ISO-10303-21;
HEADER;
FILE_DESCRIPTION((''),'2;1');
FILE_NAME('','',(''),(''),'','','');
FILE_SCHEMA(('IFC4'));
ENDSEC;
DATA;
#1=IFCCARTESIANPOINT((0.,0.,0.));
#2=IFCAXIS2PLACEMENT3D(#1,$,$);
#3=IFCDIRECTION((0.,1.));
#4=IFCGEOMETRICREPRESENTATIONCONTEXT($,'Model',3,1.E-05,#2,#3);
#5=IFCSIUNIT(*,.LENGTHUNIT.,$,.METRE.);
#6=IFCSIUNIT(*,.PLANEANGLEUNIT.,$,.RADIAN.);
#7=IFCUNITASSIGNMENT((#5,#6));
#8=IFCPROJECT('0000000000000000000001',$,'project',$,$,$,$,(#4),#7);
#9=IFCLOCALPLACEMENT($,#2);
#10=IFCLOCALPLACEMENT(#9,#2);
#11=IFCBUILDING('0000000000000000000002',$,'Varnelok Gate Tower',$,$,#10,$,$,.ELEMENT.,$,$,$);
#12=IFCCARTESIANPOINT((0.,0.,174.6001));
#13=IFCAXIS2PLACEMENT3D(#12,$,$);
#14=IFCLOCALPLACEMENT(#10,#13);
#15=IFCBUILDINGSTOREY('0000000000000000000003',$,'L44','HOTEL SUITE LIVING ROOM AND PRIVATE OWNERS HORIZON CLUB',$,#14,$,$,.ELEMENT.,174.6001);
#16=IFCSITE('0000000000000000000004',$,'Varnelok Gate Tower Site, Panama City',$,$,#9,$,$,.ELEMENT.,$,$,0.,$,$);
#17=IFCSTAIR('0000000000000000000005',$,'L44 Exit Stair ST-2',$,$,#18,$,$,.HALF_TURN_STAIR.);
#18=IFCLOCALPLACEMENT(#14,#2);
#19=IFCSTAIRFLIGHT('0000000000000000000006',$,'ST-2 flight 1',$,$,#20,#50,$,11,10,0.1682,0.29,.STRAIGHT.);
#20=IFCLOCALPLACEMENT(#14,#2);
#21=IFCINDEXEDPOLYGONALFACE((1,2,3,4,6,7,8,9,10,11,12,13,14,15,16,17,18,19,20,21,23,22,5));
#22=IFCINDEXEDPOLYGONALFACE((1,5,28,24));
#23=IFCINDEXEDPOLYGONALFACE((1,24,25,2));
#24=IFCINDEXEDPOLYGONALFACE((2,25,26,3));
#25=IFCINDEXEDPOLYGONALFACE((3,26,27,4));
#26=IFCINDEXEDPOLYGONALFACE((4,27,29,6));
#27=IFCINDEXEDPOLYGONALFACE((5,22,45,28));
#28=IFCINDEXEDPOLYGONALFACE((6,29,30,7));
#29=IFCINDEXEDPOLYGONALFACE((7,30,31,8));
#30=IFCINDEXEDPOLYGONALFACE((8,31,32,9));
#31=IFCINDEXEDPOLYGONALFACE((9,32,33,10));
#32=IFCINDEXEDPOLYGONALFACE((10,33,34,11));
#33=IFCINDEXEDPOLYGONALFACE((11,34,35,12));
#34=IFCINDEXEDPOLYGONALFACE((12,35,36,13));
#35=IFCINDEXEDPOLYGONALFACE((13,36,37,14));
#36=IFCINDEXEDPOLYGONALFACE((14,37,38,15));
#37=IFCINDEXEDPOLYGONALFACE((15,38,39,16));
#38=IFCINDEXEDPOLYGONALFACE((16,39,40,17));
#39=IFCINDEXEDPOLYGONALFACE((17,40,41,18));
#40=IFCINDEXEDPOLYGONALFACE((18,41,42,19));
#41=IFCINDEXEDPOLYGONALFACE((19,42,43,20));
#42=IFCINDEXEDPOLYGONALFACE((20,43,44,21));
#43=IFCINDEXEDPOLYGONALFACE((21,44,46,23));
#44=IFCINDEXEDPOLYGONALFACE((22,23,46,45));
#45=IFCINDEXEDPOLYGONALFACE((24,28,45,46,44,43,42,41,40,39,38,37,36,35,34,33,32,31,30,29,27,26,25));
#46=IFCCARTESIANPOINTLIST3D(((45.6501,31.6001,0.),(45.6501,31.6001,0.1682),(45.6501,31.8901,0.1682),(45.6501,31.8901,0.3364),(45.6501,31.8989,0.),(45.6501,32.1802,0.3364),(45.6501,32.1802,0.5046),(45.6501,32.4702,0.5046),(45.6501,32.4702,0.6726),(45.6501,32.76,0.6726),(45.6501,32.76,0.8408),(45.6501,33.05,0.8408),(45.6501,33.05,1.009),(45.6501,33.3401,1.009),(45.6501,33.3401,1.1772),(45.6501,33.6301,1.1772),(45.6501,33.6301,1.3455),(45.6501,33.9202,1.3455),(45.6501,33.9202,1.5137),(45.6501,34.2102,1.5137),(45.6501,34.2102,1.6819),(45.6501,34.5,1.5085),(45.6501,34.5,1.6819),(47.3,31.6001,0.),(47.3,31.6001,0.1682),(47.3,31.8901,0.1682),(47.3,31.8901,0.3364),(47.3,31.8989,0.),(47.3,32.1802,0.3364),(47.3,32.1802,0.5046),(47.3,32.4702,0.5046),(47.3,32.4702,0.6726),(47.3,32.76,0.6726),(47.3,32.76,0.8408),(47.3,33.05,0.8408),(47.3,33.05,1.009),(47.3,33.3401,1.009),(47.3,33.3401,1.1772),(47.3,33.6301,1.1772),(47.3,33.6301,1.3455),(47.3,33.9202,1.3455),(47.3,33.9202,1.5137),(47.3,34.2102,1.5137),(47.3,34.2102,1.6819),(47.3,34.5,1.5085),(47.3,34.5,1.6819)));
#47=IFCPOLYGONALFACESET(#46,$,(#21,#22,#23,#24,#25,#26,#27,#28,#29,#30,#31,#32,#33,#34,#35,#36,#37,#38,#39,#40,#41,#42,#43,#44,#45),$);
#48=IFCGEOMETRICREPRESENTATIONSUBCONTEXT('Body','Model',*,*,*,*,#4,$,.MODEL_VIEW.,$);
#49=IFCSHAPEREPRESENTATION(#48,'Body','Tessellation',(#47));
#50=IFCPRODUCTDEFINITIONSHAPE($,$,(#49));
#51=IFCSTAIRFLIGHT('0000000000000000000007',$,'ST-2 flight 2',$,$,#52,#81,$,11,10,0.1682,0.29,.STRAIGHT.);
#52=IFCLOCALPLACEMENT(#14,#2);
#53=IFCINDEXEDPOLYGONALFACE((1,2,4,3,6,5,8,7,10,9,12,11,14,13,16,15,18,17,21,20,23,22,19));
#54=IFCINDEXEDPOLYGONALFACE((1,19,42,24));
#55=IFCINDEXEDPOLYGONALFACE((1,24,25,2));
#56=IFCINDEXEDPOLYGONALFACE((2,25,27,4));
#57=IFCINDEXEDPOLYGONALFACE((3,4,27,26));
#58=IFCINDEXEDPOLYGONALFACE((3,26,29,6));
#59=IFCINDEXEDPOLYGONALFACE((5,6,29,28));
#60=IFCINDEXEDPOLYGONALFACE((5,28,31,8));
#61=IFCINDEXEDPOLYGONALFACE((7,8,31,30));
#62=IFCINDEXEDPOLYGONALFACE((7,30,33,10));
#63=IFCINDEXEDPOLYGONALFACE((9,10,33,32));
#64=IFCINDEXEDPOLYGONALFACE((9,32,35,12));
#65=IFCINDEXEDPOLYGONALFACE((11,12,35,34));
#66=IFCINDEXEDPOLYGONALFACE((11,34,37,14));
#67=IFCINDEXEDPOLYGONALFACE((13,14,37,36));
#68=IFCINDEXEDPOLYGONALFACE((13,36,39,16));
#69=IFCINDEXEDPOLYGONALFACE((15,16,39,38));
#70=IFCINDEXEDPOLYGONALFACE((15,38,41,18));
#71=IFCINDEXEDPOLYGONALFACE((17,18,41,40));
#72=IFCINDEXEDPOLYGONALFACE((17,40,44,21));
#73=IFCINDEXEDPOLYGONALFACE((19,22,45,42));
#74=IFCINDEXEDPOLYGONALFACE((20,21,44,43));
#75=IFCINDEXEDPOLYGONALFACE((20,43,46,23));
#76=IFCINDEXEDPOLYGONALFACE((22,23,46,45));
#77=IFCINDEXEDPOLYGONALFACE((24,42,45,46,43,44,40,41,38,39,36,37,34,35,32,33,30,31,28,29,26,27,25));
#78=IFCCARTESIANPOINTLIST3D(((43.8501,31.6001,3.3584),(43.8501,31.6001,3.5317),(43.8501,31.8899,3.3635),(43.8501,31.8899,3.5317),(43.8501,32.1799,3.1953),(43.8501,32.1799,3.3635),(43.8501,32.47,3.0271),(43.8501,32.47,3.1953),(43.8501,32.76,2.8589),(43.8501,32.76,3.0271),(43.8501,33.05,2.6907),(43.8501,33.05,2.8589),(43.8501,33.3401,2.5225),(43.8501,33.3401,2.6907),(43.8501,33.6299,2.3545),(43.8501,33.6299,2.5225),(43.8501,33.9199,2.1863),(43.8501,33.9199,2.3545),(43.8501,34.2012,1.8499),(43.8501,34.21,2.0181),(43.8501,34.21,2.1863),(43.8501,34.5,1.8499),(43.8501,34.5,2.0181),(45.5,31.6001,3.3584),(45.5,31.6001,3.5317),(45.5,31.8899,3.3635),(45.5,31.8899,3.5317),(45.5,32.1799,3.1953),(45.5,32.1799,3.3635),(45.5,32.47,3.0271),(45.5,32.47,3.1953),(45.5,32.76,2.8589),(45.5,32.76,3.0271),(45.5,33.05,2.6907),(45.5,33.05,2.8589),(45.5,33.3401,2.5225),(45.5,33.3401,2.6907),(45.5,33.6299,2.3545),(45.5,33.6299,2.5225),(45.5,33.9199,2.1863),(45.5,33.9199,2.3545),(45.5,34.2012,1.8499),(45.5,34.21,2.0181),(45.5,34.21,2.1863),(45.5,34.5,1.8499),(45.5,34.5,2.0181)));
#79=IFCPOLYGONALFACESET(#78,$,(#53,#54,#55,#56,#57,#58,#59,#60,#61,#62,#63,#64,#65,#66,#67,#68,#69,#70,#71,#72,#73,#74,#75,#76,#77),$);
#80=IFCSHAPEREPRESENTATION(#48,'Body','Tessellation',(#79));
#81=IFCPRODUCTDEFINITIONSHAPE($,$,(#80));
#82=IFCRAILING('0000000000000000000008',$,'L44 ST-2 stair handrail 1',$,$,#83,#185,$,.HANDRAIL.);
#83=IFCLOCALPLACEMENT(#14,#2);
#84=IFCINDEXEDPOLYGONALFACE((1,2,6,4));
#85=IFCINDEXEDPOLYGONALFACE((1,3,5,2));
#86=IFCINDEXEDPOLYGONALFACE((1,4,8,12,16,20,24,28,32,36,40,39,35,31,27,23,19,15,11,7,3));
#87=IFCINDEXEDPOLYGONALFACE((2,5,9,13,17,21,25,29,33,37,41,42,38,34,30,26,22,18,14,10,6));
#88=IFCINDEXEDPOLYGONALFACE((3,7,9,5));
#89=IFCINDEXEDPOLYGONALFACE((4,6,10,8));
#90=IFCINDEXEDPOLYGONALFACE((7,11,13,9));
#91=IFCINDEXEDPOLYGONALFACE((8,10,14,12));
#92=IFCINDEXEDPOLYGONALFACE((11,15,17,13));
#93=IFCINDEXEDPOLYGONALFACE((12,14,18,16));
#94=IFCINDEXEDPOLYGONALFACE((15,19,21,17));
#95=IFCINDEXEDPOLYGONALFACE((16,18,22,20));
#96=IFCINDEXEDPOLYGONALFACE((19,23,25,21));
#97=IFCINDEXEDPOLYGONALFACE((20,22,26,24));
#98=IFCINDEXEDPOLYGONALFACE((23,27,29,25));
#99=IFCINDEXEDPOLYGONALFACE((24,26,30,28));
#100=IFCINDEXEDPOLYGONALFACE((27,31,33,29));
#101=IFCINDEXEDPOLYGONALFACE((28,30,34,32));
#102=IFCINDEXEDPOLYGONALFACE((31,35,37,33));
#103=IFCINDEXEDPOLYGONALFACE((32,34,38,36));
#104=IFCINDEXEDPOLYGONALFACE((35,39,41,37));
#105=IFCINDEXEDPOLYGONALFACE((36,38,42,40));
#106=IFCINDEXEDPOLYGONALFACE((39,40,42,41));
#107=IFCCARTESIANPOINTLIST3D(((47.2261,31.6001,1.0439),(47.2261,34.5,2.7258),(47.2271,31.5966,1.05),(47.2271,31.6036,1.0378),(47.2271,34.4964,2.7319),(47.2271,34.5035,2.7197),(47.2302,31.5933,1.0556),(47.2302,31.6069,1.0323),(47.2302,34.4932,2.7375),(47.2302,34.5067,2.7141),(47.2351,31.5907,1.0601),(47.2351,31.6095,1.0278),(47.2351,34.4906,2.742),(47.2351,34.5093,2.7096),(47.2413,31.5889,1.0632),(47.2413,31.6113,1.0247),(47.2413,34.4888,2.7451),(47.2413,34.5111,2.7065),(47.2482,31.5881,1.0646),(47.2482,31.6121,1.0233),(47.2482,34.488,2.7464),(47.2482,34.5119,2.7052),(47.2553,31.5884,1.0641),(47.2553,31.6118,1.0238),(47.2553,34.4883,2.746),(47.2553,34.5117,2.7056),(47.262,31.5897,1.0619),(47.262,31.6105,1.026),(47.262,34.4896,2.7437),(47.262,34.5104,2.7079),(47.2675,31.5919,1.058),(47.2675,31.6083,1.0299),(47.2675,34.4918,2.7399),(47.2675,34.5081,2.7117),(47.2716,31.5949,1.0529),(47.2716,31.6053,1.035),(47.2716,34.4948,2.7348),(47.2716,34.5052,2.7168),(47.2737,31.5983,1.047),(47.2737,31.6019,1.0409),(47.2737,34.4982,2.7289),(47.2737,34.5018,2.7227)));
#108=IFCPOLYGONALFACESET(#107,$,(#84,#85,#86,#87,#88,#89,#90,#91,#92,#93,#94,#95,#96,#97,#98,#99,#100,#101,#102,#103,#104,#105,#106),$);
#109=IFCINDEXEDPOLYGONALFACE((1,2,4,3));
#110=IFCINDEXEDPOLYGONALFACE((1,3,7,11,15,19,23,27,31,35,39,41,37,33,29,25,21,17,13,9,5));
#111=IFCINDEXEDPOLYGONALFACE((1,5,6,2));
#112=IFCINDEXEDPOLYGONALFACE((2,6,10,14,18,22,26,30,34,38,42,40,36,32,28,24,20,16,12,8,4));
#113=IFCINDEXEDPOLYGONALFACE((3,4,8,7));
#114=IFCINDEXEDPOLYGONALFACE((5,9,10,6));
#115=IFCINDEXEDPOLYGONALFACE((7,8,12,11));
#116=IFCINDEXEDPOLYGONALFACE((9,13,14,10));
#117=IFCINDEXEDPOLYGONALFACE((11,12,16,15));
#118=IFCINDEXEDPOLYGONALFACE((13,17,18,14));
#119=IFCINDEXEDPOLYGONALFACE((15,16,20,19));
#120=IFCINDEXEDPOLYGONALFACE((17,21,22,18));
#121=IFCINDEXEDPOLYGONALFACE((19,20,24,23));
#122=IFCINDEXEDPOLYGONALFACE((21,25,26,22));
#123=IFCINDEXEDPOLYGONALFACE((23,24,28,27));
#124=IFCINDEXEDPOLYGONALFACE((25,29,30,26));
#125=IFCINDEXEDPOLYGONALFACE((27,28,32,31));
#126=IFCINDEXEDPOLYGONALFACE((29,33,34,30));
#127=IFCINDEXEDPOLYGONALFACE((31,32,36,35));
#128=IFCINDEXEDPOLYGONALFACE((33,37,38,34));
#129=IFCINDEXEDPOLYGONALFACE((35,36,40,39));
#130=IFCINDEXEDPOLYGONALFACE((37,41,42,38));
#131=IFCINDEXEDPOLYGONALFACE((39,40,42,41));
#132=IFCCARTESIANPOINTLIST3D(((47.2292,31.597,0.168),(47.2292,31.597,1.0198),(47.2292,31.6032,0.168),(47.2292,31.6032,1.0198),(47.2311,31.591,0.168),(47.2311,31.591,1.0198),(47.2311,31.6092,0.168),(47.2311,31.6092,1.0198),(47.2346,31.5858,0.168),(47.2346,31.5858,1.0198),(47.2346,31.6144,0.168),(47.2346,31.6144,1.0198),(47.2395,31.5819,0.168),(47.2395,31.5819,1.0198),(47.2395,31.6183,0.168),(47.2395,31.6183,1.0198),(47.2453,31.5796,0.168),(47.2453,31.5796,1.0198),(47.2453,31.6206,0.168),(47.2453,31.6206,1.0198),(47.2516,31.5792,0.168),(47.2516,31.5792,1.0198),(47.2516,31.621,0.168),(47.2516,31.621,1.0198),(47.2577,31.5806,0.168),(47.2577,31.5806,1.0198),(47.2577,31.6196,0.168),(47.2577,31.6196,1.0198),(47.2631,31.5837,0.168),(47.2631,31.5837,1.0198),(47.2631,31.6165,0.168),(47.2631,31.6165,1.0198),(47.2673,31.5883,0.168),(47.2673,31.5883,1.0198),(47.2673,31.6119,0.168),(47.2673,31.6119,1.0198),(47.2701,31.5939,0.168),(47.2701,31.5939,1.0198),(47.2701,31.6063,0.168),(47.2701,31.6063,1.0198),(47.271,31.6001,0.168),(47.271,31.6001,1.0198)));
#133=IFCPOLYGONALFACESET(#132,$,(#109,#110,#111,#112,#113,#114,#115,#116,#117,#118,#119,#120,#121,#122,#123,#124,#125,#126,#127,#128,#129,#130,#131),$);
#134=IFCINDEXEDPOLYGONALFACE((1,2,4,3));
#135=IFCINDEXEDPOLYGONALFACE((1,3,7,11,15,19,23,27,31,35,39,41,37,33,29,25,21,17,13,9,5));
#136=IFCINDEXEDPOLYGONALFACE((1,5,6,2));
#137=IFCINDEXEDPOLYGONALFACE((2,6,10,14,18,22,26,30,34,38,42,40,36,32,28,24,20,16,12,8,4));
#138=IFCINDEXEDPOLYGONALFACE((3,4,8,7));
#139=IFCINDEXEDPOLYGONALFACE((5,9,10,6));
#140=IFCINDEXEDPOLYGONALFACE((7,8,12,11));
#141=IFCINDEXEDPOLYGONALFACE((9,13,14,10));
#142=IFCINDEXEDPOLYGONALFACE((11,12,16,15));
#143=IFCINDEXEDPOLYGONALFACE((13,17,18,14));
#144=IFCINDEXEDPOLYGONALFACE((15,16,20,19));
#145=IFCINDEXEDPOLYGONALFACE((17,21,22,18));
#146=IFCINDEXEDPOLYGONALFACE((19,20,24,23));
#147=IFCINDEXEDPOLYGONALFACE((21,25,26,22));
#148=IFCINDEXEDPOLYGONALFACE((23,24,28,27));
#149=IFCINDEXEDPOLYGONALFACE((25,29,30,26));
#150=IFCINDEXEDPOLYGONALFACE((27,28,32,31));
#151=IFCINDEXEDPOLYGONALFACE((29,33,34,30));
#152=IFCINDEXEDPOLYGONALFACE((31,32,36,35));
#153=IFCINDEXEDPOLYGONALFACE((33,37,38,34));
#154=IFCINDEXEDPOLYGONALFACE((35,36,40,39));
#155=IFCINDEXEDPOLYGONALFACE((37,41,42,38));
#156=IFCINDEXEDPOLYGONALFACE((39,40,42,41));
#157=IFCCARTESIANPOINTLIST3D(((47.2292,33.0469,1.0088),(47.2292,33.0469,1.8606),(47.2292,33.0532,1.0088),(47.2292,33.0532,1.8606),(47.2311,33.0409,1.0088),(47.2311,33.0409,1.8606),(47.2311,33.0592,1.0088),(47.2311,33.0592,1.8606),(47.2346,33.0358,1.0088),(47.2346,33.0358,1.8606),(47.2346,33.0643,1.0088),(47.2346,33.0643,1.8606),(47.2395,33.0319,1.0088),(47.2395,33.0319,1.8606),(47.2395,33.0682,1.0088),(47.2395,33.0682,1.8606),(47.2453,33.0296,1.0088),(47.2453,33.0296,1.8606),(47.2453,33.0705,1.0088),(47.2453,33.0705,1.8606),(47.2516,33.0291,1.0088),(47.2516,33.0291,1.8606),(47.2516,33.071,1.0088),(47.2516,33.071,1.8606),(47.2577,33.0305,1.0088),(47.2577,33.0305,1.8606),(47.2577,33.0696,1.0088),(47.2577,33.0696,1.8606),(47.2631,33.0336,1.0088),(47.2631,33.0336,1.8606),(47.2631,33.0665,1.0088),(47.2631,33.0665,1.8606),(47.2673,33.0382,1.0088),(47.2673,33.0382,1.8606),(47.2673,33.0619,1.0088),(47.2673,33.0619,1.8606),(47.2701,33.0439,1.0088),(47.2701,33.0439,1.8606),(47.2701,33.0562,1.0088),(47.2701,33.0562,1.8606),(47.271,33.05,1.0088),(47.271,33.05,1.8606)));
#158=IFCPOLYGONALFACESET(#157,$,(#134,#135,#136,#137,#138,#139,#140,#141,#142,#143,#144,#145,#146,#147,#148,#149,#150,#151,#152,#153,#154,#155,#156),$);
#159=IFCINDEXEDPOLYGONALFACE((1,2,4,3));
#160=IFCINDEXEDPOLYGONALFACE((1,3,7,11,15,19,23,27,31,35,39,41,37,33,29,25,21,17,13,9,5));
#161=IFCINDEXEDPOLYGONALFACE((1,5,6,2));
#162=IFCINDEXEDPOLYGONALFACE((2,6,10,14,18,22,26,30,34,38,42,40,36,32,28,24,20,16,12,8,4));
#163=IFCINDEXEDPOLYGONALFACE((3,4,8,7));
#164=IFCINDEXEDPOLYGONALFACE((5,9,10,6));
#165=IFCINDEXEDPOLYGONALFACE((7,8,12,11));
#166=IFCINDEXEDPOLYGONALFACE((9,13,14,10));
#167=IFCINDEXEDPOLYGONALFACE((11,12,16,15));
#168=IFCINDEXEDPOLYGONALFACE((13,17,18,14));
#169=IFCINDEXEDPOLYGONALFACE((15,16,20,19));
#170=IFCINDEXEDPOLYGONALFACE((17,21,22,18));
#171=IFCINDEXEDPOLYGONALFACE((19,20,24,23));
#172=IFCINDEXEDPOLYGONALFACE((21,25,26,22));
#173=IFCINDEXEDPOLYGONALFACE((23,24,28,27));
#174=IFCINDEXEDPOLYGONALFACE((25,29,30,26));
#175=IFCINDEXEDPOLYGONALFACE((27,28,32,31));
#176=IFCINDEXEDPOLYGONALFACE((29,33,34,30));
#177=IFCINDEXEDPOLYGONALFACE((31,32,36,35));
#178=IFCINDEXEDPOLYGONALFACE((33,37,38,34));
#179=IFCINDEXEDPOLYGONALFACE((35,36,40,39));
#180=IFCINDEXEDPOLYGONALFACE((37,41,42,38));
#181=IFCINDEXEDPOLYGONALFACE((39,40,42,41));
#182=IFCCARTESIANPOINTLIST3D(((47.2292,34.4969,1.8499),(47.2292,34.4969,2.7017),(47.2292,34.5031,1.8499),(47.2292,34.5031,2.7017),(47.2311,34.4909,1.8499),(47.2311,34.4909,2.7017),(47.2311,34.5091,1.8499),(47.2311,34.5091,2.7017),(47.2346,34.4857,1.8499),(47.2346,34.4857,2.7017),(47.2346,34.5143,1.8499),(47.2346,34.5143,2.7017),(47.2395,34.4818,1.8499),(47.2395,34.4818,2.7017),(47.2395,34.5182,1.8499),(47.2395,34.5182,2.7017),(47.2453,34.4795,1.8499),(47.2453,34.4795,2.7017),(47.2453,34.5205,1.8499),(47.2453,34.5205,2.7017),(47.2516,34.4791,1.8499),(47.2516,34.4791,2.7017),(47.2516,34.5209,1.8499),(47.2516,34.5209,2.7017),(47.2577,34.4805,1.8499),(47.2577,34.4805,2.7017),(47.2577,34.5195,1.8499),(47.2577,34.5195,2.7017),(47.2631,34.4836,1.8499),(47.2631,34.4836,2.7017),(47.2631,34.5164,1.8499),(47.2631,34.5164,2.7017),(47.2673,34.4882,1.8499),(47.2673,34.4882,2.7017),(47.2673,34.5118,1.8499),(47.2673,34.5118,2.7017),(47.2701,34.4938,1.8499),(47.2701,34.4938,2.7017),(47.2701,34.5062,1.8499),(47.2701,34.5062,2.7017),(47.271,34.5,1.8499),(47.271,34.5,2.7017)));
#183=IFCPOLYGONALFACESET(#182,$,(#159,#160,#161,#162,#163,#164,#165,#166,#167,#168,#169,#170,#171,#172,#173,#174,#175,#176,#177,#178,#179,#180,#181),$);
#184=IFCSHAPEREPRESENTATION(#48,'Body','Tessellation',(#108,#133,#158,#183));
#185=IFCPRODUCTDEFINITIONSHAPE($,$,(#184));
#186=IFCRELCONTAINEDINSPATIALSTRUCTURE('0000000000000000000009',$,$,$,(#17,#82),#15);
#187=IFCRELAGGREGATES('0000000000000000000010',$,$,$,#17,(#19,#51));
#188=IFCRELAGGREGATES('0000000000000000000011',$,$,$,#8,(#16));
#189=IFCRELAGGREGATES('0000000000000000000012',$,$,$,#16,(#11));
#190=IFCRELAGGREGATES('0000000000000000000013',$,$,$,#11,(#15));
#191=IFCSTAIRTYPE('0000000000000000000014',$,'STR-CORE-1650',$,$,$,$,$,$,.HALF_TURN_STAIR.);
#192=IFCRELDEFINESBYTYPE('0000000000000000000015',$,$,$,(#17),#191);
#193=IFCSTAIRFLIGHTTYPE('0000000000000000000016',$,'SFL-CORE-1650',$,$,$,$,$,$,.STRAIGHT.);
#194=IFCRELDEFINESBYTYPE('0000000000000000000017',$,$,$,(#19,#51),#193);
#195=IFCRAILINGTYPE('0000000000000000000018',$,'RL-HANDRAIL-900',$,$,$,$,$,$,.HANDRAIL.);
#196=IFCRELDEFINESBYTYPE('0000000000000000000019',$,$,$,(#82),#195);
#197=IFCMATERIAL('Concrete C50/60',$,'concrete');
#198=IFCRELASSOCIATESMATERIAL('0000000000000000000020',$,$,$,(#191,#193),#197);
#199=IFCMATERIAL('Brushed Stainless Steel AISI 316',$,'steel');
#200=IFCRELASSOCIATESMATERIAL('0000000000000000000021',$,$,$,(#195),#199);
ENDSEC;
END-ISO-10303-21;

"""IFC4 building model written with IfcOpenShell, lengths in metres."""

from ifc_helpers import new_model, si_unit, direction, frame, origin, origin_2d, place, context, subcontext, project, spatial, polyline, circle, outline, extrude, material, type_object, element, aggregate, save


model = new_model("IFC4")

# Units and contexts
model_context = context("Model", 3, precision=1e-05, world=origin(), true_north=direction((0.0, 1.0)))
body_context = subcontext(model_context, "Body", "Model", "MODEL_VIEW")
ifc_project = project(units=[si_unit("LENGTHUNIT", "METRE"), si_unit("PLANEANGLEUNIT", "RADIAN")], contexts=[model_context])

# Site, building, storey
site_placement = place(None, origin())
site = spatial("IfcSite", under=ifc_project, at=site_placement, Name="Varnelok Gate Tower Site, Panama City", CompositionType="ELEMENT", RefElevation=0.0)
building_placement = place(site_placement, origin())
building = spatial("IfcBuilding", under=site, at=building_placement, Name="Varnelok Gate Tower", CompositionType="ELEMENT")
storey_placement = place(building_placement, frame((0.0, 0.0, 174.6001)))
storey = spatial("IfcBuildingStorey", under=building, at=storey_placement, Name="L44", Description="HOTEL SUITE LIVING ROOM AND PRIVATE OWNERS HORIZON CLUB", CompositionType="ELEMENT", Elevation=174.6001)

# Stair, stair flights
ifc_material_1 = material(Name="Concrete C50/60", Category="concrete")
stair_type = type_object("IfcStairType", Name="STR-CORE-1650", PredefinedType="HALF_TURN_STAIR", material=ifc_material_1)
stair_placement = place(storey_placement, origin())
stair = element("IfcStair", 1, at=stair_placement, inside=storey, type_object=stair_type, Name="L44 Exit Stair ST-2", PredefinedType="HALF_TURN_STAIR")
stair_flight_type = type_object("IfcStairFlightType", Name="SFL-CORE-1650", PredefinedType="STRAIGHT", material=ifc_material_1)
stair_flight_1_placement = place(storey_placement, frame((46.4751, 31.6001, 0.0), z_axis=(0.0, 0.0, 1.0), x_axis=(0.0, 1.0, 0.0)))
stair_flight_1 = element("IfcStairFlight", 2, at=stair_flight_1_placement, type_object=stair_flight_type, Name="ST-2 flight 1", NumberOfRisers=11, NumberOfTreads=10, PredefinedType="STRAIGHT", RiserHeight=0.1682, TreadLength=0.29, context=body_context, shape_type="SweptSolid", body=[
    extrude(outline(polyline([(0.0, 0.0), (0.0, 0.1682), (0.29, 0.1682), (0.29, 0.3364), (0.5801, 0.3364), (0.5801, 0.5046), (0.8701, 0.5046), (0.8701, 0.6726), (1.1599, 0.6726), (1.1599, 0.8408), (1.45, 0.8408), (1.45, 1.009), (1.74, 1.009), (1.74, 1.1772), (2.03, 1.1772), (2.03, 1.3455), (2.3201, 1.3455), (2.3201, 1.5137), (2.6101, 1.5137), (2.6101, 1.6819), (2.8999, 1.6819), (2.8999, 1.8501), (2.8999, 1.5085), (0.2988, 0.0), (0.0, 0.0)])), frame((0.0, 0.825, 0.0), z_axis=(0.0, -1.0, 0.0), x_axis=(1.0, 0.0, 0.0)), (0.0, 0.0, 1.0), 1.6499),
])
stair_flight_2_placement = place(storey_placement, frame((44.675, 34.5, 1.8499), z_axis=(0.0, 0.0, 1.0), x_axis=(0.0, -1.0, 0.0)))
stair_flight_2 = element("IfcStairFlight", 3, at=stair_flight_2_placement, type_object=stair_flight_type, Name="ST-2 flight 2", NumberOfRisers=11, NumberOfTreads=10, PredefinedType="STRAIGHT", RiserHeight=0.1682, TreadLength=0.29, context=body_context, shape_type="SweptSolid", body=[
    extrude(outline(polyline([(0.0, 0.0), (0.0, 0.1682), (0.29, 0.1682), (0.29, 0.3364), (0.5801, 0.3364), (0.5801, 0.5046), (0.8701, 0.5046), (0.8701, 0.6726), (1.1599, 0.6726), (1.1599, 0.8408), (1.45, 0.8408), (1.45, 1.009), (1.74, 1.009), (1.74, 1.1772), (2.03, 1.1772), (2.03, 1.3455), (2.3201, 1.3455), (2.3201, 1.5137), (2.6101, 1.5137), (2.6101, 1.6819), (2.8999, 1.6819), (2.8999, 1.8501), (2.8999, 1.5085), (0.2988, 0.0), (0.0, 0.0)])), frame((0.0, 0.825, 0.0), z_axis=(0.0, -1.0, 0.0), x_axis=(1.0, 0.0, 0.0)), (0.0, 0.0, 1.0), 1.6499),
])
aggregate(stair, [stair_flight_1, stair_flight_2])

# Railing
ifc_material_2 = material(Name="Brushed Stainless Steel AISI 316", Category="steel")
railing_type_1 = type_object("IfcRailingType", Name="RL-HANDRAIL-900", PredefinedType="HANDRAIL", material=ifc_material_2)
railing_1_placement = place(storey_placement, frame((47.25, 31.6001, 0.168)))
element("IfcRailing", 4, at=railing_1_placement, inside=storey, type_object=railing_type_1, Name="L44 ST-2 stair handrail 1", PredefinedType="HANDRAIL", context=body_context, shape_type="SweptSolid", body=[
    extrude(circle(Radius=0.0239, at=origin_2d()), frame((0.0, 0.0, 0.876), z_axis=(0.0, 0.865039, 0.501705), x_axis=(-1.0, 0.0, 0.0)), (0.0, 0.0, 1.0), 3.3523),
    extrude(circle(Radius=0.021, at=origin_2d()), origin(), (0.0, 0.0, 1.0), 0.8518),
    extrude(circle(Radius=0.021, at=origin_2d()), frame((0.0, 1.45, 0.8408)), (0.0, 0.0, 1.0), 0.8518),
    extrude(circle(Radius=0.021, at=origin_2d()), frame((0.0, 2.8999, 1.6819)), (0.0, 0.0, 1.0), 0.8518),
])

save(model, "model.ifc")
